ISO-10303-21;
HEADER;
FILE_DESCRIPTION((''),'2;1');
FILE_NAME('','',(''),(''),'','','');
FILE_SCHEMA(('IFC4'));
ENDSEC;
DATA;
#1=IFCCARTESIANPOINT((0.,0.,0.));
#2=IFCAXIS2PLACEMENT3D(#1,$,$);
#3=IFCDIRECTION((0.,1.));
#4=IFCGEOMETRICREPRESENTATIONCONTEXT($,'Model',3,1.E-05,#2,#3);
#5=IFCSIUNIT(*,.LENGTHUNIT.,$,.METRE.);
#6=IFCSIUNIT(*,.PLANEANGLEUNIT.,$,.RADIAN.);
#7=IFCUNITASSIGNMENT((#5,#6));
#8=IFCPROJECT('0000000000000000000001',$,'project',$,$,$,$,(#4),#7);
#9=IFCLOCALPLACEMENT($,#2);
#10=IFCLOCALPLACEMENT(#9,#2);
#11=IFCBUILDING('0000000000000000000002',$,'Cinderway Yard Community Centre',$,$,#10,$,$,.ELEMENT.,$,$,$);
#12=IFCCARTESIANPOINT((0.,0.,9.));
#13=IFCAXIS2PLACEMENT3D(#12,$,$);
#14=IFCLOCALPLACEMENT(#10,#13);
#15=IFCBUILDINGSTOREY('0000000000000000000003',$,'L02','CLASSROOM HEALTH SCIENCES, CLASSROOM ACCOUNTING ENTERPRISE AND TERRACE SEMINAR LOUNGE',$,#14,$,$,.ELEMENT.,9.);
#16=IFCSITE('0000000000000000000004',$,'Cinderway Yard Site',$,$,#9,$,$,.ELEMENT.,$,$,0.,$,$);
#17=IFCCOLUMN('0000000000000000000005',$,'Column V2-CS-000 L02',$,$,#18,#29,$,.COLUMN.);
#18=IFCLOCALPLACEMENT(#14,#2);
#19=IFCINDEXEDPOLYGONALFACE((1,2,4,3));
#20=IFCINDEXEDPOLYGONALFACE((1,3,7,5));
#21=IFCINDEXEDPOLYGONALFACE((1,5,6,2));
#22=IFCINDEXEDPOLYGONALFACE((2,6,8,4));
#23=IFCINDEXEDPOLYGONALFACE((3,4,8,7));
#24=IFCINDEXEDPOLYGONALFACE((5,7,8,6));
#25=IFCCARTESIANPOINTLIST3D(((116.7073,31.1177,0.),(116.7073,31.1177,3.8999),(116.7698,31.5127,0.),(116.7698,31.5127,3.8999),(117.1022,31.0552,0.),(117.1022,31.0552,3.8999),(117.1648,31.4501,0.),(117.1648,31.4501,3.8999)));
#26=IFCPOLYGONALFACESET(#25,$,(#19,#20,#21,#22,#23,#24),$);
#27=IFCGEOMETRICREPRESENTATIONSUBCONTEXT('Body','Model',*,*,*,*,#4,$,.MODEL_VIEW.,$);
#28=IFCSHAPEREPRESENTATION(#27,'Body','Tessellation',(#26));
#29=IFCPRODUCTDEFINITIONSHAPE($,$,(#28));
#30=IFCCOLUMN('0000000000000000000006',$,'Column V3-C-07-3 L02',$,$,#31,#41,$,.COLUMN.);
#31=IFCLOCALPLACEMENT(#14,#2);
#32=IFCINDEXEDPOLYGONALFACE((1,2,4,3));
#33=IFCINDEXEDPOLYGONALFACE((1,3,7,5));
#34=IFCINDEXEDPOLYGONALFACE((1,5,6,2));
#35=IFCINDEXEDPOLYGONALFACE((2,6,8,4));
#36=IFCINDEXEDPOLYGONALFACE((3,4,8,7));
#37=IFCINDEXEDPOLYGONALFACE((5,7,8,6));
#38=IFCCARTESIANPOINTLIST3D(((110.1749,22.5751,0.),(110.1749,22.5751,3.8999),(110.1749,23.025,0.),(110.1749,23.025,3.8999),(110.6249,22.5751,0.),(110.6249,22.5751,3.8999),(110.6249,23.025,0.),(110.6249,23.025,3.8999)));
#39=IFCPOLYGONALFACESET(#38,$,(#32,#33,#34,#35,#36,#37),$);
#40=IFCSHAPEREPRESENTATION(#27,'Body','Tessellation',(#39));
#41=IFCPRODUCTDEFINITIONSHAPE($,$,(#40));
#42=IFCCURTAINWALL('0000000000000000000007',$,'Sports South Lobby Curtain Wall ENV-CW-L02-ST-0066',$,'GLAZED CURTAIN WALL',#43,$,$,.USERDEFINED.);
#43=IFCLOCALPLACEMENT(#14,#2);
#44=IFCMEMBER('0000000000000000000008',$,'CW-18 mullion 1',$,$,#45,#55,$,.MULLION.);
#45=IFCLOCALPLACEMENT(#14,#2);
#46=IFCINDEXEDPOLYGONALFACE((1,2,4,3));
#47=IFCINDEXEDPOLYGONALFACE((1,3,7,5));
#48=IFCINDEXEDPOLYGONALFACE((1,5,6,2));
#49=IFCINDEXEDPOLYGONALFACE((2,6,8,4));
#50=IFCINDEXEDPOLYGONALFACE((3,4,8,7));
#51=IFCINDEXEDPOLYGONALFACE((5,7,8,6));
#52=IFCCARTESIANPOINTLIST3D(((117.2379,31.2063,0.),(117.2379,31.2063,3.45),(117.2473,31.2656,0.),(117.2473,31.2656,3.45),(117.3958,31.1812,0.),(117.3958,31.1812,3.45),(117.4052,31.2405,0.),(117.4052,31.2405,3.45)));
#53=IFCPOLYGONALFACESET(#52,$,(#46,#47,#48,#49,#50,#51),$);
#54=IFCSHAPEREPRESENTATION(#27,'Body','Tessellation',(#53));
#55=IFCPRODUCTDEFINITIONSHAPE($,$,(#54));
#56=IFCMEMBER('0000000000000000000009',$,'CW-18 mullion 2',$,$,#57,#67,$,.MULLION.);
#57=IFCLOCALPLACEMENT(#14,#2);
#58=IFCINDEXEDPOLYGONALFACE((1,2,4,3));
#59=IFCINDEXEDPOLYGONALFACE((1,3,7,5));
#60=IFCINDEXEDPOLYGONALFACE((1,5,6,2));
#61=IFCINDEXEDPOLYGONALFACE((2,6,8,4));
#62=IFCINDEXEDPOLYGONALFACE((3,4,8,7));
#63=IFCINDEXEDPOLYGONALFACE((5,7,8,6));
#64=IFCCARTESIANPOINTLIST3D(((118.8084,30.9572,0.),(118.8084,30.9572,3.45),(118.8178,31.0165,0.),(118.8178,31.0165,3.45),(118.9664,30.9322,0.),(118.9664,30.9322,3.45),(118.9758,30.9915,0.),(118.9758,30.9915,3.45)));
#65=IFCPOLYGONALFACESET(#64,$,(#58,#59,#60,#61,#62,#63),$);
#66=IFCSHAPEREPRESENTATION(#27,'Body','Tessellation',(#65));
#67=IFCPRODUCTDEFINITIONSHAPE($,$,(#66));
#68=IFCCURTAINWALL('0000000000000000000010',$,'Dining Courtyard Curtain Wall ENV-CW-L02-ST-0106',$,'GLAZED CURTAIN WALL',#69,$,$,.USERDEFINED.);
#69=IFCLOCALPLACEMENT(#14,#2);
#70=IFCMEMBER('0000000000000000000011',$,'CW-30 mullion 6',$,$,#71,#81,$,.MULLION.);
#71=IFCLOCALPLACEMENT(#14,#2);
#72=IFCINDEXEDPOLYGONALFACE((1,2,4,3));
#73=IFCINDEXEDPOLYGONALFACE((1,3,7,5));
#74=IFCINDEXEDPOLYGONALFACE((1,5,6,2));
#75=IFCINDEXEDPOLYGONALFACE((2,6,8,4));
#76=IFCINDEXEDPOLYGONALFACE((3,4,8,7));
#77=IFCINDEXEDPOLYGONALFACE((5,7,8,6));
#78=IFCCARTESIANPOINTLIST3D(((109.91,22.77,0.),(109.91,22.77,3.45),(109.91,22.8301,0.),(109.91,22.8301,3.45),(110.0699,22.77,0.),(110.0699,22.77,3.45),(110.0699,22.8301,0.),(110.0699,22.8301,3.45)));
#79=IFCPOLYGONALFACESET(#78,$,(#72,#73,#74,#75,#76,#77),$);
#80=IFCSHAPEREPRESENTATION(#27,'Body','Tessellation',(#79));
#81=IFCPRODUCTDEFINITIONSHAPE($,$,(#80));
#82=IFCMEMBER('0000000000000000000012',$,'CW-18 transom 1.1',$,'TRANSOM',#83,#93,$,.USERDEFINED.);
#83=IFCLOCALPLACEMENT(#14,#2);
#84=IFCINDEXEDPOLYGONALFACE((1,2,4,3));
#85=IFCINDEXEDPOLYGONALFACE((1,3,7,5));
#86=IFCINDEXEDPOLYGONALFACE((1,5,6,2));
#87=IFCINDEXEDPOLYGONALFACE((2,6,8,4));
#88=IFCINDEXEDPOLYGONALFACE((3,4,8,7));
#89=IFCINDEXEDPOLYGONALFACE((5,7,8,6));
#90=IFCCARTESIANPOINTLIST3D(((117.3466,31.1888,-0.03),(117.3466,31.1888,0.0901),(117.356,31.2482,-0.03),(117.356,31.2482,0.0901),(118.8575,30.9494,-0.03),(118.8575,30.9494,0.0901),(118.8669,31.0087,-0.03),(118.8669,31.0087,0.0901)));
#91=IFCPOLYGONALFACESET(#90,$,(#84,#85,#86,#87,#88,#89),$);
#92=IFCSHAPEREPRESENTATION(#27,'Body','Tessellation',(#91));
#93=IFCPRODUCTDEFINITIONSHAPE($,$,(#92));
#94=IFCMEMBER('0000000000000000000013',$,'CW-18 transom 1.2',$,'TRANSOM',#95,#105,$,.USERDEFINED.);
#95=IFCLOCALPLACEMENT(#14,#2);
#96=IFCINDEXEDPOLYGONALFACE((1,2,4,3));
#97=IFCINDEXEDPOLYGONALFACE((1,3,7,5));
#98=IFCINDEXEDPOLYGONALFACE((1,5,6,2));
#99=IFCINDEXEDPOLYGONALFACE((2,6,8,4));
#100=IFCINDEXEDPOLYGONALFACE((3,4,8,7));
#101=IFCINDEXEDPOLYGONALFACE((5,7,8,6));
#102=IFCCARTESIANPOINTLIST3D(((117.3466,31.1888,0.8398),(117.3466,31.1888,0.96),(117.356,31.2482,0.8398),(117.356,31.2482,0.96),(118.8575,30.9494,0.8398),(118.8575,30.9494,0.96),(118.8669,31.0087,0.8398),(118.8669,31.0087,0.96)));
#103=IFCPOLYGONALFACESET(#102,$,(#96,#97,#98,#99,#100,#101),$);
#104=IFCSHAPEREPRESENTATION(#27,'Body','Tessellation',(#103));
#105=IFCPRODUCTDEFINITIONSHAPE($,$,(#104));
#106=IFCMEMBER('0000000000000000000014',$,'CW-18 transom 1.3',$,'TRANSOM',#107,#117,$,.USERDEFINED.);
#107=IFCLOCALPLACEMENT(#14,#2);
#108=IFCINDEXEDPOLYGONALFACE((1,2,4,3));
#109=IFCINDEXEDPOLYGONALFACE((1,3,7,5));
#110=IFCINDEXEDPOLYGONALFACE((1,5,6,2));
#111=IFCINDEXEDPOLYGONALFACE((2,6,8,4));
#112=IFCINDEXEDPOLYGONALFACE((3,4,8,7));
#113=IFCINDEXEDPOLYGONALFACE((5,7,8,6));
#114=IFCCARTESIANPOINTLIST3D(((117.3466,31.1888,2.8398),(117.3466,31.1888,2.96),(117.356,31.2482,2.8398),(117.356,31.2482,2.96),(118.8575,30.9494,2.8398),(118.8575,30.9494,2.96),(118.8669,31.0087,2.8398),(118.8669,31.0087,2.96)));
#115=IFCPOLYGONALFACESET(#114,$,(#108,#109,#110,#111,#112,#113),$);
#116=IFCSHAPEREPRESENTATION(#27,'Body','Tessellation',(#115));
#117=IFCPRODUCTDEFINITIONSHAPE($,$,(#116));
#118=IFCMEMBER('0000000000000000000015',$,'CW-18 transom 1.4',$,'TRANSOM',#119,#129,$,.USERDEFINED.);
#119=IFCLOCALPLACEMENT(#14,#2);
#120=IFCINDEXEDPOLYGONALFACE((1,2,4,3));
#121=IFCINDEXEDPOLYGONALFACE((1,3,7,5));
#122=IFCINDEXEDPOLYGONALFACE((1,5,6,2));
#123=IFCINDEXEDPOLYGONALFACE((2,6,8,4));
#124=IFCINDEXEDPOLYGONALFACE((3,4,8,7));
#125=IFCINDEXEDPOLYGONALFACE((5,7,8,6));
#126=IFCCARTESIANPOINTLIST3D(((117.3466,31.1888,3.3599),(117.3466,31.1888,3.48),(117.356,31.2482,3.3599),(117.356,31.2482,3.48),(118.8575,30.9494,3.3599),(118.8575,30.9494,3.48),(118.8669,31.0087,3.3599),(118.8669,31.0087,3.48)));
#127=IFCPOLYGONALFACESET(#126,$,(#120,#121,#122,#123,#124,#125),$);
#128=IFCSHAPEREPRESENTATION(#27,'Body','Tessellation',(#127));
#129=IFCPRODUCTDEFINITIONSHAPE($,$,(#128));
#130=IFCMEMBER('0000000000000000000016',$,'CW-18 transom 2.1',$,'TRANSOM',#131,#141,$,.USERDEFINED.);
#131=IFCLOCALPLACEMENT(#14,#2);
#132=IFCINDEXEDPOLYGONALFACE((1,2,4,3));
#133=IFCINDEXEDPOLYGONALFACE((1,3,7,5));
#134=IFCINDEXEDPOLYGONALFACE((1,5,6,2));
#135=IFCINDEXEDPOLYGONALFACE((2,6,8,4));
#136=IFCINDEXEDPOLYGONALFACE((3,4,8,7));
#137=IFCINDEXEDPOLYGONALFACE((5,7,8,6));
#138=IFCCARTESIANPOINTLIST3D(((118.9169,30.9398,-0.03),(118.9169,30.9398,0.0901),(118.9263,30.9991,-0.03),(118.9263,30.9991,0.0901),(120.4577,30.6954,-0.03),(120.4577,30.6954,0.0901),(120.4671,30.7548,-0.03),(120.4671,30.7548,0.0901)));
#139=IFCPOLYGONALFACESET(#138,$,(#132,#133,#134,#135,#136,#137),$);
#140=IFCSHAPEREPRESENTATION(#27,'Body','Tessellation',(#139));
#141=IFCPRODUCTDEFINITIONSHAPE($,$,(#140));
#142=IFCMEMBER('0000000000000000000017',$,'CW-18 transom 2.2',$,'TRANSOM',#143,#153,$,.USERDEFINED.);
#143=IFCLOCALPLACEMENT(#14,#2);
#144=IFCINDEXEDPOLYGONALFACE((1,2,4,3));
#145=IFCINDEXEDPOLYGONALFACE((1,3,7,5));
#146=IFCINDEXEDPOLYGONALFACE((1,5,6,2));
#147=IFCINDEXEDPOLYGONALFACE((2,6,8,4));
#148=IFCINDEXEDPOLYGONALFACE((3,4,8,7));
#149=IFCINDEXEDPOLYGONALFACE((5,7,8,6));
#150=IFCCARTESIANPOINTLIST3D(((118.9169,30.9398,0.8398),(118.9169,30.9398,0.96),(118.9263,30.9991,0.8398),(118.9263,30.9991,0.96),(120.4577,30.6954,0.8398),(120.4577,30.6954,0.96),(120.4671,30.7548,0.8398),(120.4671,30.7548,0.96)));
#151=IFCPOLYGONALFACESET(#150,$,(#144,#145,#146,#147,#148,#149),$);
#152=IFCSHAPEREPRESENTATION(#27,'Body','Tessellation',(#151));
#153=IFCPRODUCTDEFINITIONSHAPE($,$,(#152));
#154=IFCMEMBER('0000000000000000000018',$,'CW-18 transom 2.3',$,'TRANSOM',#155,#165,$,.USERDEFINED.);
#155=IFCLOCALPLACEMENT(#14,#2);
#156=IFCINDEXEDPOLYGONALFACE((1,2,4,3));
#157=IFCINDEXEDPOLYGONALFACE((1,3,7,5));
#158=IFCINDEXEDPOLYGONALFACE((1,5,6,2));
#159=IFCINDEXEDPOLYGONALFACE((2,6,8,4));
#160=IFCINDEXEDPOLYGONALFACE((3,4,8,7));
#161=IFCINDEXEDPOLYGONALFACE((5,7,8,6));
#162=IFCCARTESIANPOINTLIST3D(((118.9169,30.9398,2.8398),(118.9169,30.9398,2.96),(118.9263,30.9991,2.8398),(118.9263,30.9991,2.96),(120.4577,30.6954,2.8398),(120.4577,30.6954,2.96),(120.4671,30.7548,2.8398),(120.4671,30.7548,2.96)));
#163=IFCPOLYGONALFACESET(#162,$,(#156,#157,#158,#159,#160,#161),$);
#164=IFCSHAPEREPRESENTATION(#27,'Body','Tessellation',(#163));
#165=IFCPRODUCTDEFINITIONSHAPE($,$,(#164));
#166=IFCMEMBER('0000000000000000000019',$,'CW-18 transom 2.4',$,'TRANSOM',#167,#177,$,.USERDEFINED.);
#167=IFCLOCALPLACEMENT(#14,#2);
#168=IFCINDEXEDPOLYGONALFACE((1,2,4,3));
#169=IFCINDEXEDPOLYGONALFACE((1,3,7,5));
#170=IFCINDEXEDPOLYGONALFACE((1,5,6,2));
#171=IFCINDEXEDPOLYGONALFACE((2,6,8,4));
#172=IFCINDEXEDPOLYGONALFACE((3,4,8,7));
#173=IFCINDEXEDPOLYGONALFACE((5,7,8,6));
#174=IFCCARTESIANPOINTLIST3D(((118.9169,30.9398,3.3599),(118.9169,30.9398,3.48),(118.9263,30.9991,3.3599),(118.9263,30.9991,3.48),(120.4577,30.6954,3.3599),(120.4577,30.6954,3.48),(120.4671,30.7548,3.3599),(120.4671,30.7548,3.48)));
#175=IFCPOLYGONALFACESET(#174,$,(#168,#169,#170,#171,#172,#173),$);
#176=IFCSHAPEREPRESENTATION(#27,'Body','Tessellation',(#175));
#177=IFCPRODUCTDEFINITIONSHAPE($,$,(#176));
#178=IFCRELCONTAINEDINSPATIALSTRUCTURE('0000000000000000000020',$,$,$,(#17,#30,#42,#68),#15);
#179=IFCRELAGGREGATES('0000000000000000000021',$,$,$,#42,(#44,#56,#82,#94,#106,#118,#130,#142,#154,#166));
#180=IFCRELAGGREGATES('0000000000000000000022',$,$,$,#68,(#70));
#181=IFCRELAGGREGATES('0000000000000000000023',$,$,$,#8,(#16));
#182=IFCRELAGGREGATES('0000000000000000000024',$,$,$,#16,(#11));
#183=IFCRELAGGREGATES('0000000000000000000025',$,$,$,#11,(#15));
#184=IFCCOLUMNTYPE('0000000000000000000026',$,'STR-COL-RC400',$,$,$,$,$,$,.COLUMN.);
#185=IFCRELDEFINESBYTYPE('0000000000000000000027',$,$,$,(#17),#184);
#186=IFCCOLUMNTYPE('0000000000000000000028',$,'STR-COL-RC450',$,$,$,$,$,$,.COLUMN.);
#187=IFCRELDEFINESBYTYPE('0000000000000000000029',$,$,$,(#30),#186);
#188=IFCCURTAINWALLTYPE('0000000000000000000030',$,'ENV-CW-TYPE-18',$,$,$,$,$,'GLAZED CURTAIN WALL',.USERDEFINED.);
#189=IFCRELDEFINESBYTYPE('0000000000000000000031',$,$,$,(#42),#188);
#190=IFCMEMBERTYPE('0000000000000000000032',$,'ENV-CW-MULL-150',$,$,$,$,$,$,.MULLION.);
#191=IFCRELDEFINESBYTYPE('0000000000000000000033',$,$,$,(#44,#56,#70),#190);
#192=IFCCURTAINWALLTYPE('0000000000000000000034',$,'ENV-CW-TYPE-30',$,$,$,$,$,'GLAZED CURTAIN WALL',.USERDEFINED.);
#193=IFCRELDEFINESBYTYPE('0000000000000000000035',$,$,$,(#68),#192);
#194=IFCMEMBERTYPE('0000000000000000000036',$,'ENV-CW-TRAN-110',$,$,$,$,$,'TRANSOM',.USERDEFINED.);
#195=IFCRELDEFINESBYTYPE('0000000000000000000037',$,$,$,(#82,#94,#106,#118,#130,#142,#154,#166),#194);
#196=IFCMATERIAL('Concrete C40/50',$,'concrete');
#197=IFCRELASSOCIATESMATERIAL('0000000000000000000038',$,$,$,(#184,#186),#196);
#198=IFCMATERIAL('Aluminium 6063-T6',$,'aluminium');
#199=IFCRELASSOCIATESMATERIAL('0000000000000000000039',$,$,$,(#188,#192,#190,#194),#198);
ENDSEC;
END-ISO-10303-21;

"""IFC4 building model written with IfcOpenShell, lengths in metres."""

from ifc_helpers import new_model, si_unit, direction, frame, origin, origin_2d, place, context, subcontext, project, spatial, rectangle, extrude, material, material_profile, profile_set, type_object, element, aggregate, save


model = new_model("IFC4")

# Units and contexts
model_context = context("Model", 3, precision=1e-05, world=origin(), true_north=direction((0.0, 1.0)))
body_context = subcontext(model_context, "Body", "Model", "MODEL_VIEW")
ifc_project = project(units=[si_unit("LENGTHUNIT", "METRE"), si_unit("PLANEANGLEUNIT", "RADIAN")], contexts=[model_context])

# Site, building, storey
site_placement = place(None, origin())
site = spatial("IfcSite", under=ifc_project, at=site_placement, Name="Cinderway Yard Site", CompositionType="ELEMENT", RefElevation=0.0)
building_placement = place(site_placement, origin())
building = spatial("IfcBuilding", under=site, at=building_placement, Name="Cinderway Yard Community Centre", CompositionType="ELEMENT")
storey_placement = place(building_placement, frame((0.0, 0.0, 9.0)))
storey = spatial("IfcBuildingStorey", under=building, at=storey_placement, Name="L02", Description="CLASSROOM HEALTH SCIENCES, CLASSROOM ACCOUNTING ENTERPRISE AND TERRACE SEMINAR LOUNGE", CompositionType="ELEMENT", Elevation=9.0)

# Columns
ifc_material_1 = material(Name="Concrete C40/50", Category="concrete")
ifc_material_profile_1 = material_profile(ifc_material_1, rectangle(XDim=0.3999, YDim=0.3999, at=origin_2d()), Name="Concrete C40/50")
ifc_profile_set_1 = profile_set([ifc_material_profile_1], Name="Concrete C40/50")
column_type_1 = type_object("IfcColumnType", Name="STR-COL-RC400", PredefinedType="COLUMN", material=ifc_profile_set_1)
column_1_placement = place(storey_placement, frame((116.936, 31.2839, 0.0), z_axis=(0.0, 0.0, 1.0), x_axis=(0.987688, -0.156434, 0.0)))
element("IfcColumn", 1, at=column_1_placement, inside=storey, type_object=column_type_1, Name="Column V2-CS-000 L02", PredefinedType="COLUMN", context=body_context, shape_type="SweptSolid", body=[
    extrude(rectangle(XDim=0.3999, YDim=0.3999, at=origin_2d()), origin(), (0.0, 0.0, 1.0), 3.8999),
])
ifc_material_profile_2 = material_profile(ifc_material_1, rectangle(XDim=0.45, YDim=0.45, at=origin_2d()), Name="Concrete C40/50")
ifc_profile_set_2 = profile_set([ifc_material_profile_2], Name="Concrete C40/50")
column_type_2 = type_object("IfcColumnType", Name="STR-COL-RC450", PredefinedType="COLUMN", material=ifc_profile_set_2)
column_2_placement = place(storey_placement, frame((110.3999, 22.8, 0.0), z_axis=(0.0, 0.0, 1.0), x_axis=(1.0, 0.0, 0.0)))
element("IfcColumn", 2, at=column_2_placement, inside=storey, type_object=column_type_2, Name="Column V3-C-07-3 L02", PredefinedType="COLUMN", context=body_context, shape_type="SweptSolid", body=[
    extrude(rectangle(XDim=0.45, YDim=0.45, at=origin_2d()), origin(), (0.0, 0.0, 1.0), 3.8999),
])

# Curtain wall, members
ifc_material_2 = material(Name="Aluminium 6063-T6", Category="aluminium")
curtain_wall_type_1 = type_object("IfcCurtainWallType", Name="ENV-CW-TYPE-18", ElementType="GLAZED CURTAIN WALL", PredefinedType="USERDEFINED", material=ifc_material_2)
curtain_wall_1_placement = place(storey_placement, origin())
curtain_wall_1 = element("IfcCurtainWall", 3, at=curtain_wall_1_placement, inside=storey, type_object=curtain_wall_type_1, Name="Sports South Lobby Curtain Wall ENV-CW-L02-ST-0066", ObjectType="GLAZED CURTAIN WALL", PredefinedType="USERDEFINED")
ifc_material_profile_3 = material_profile(ifc_material_2, rectangle(XDim=0.0601, YDim=0.1599, at=origin_2d()), Name="Aluminium 6063-T6")
ifc_profile_set_3 = profile_set([ifc_material_profile_3], Name="Aluminium 6063-T6")
member_type_1 = type_object("IfcMemberType", Name="ENV-CW-MULL-150", PredefinedType="MULLION", material=ifc_profile_set_3)
member_1_placement = place(storey_placement, frame((117.3215, 31.2234, 0.0), z_axis=(0.0, 0.0, 1.0), x_axis=(0.156636, 0.987656, 0.0)))
member_1 = element("IfcMember", 4, at=member_1_placement, type_object=member_type_1, Name="CW-18 mullion 1", PredefinedType="MULLION", context=body_context, shape_type="SweptSolid", body=[
    extrude(rectangle(XDim=0.0601, YDim=0.1599, at=origin_2d()), origin(), (0.0, 0.0, 1.0), 3.45),
])
member_2_placement = place(storey_placement, frame((118.8921, 30.9744, 0.0), z_axis=(0.0, 0.0, 1.0), x_axis=(0.156636, 0.987656, 0.0)))
member_2 = element("IfcMember", 5, at=member_2_placement, type_object=member_type_1, Name="CW-18 mullion 2", PredefinedType="MULLION", context=body_context, shape_type="SweptSolid", body=[
    extrude(rectangle(XDim=0.0601, YDim=0.1599, at=origin_2d()), origin(), (0.0, 0.0, 1.0), 3.45),
])

# Curtain wall, member
curtain_wall_type_2 = type_object("IfcCurtainWallType", Name="ENV-CW-TYPE-30", ElementType="GLAZED CURTAIN WALL", PredefinedType="USERDEFINED", material=ifc_material_2)
curtain_wall_2_placement = place(storey_placement, origin())
curtain_wall_2 = element("IfcCurtainWall", 6, at=curtain_wall_2_placement, inside=storey, type_object=curtain_wall_type_2, Name="Dining Courtyard Curtain Wall ENV-CW-L02-ST-0106", ObjectType="GLAZED CURTAIN WALL", PredefinedType="USERDEFINED")
member_3_placement = place(storey_placement, frame((109.99, 22.8, 0.0), z_axis=(0.0, 0.0, 1.0), x_axis=(0.0, 1.0, 0.0)))
member_3 = element("IfcMember", 7, at=member_3_placement, type_object=member_type_1, Name="CW-30 mullion 6", PredefinedType="MULLION", context=body_context, shape_type="SweptSolid", body=[
    extrude(rectangle(XDim=0.0601, YDim=0.1599, at=origin_2d()), origin(), (0.0, 0.0, 1.0), 3.45),
])

# Members
ifc_material_profile_4 = material_profile(ifc_material_2, rectangle(XDim=0.0601, YDim=0.1201, at=origin_2d()), Name="Aluminium 6063-T6")
ifc_profile_set_4 = profile_set([ifc_material_profile_4], Name="Aluminium 6063-T6")
member_type_2 = type_object("IfcMemberType", Name="ENV-CW-TRAN-110", ElementType="TRANSOM", PredefinedType="USERDEFINED", material=ifc_profile_set_4)
member_4_placement = place(storey_placement, frame((117.3513, 31.2185, 0.03), z_axis=(0.98767, -0.156553, 0.0), x_axis=(0.156553, 0.98767, 0.0)))
member_4 = element("IfcMember", 8, at=member_4_placement, type_object=member_type_2, Name="CW-18 transom 1.1", ObjectType="TRANSOM", PredefinedType="USERDEFINED", context=body_context, shape_type="SweptSolid", body=[
    extrude(rectangle(XDim=0.0601, YDim=0.1201, at=origin_2d()), origin(), (0.0, 0.0, 1.0), 1.5298),
])
member_5_placement = place(storey_placement, frame((117.3513, 31.2185, 0.8999), z_axis=(0.98767, -0.156553, 0.0), x_axis=(0.156553, 0.98767, 0.0)))
member_5 = element("IfcMember", 9, at=member_5_placement, type_object=member_type_2, Name="CW-18 transom 1.2", ObjectType="TRANSOM", PredefinedType="USERDEFINED", context=body_context, shape_type="SweptSolid", body=[
    extrude(rectangle(XDim=0.0601, YDim=0.1201, at=origin_2d()), origin(), (0.0, 0.0, 1.0), 1.5298),
])
member_6_placement = place(storey_placement, frame((117.3513, 31.2185, 2.8999), z_axis=(0.98767, -0.156553, 0.0), x_axis=(0.156553, 0.98767, 0.0)))
member_6 = element("IfcMember", 10, at=member_6_placement, type_object=member_type_2, Name="CW-18 transom 1.3", ObjectType="TRANSOM", PredefinedType="USERDEFINED", context=body_context, shape_type="SweptSolid", body=[
    extrude(rectangle(XDim=0.0601, YDim=0.1201, at=origin_2d()), origin(), (0.0, 0.0, 1.0), 1.5298),
])
member_7_placement = place(storey_placement, frame((117.3513, 31.2185, 3.4199), z_axis=(0.98767, -0.156553, 0.0), x_axis=(0.156553, 0.98767, 0.0)))
member_7 = element("IfcMember", 11, at=member_7_placement, type_object=member_type_2, Name="CW-18 transom 1.4", ObjectType="TRANSOM", PredefinedType="USERDEFINED", context=body_context, shape_type="SweptSolid", body=[
    extrude(rectangle(XDim=0.0601, YDim=0.1201, at=origin_2d()), origin(), (0.0, 0.0, 1.0), 1.5298),
])
member_8_placement = place(storey_placement, frame((118.9216, 30.9695, 0.03), z_axis=(0.987654, -0.156654, 0.0), x_axis=(0.156654, 0.987654, 0.0)))
member_8 = element("IfcMember", 12, at=member_8_placement, type_object=member_type_2, Name="CW-18 transom 2.1", ObjectType="TRANSOM", PredefinedType="USERDEFINED", context=body_context, shape_type="SweptSolid", body=[
    extrude(rectangle(XDim=0.0601, YDim=0.1201, at=origin_2d()), origin(), (0.0, 0.0, 1.0), 1.5601),
])
member_9_placement = place(storey_placement, frame((118.9216, 30.9695, 0.8999), z_axis=(0.987654, -0.156654, 0.0), x_axis=(0.156654, 0.987654, 0.0)))
member_9 = element("IfcMember", 13, at=member_9_placement, type_object=member_type_2, Name="CW-18 transom 2.2", ObjectType="TRANSOM", PredefinedType="USERDEFINED", context=body_context, shape_type="SweptSolid", body=[
    extrude(rectangle(XDim=0.0601, YDim=0.1201, at=origin_2d()), origin(), (0.0, 0.0, 1.0), 1.5601),
])
member_10_placement = place(storey_placement, frame((118.9216, 30.9695, 2.8999), z_axis=(0.987654, -0.156654, 0.0), x_axis=(0.156654, 0.987654, 0.0)))
member_10 = element("IfcMember", 14, at=member_10_placement, type_object=member_type_2, Name="CW-18 transom 2.3", ObjectType="TRANSOM", PredefinedType="USERDEFINED", context=body_context, shape_type="SweptSolid", body=[
    extrude(rectangle(XDim=0.0601, YDim=0.1201, at=origin_2d()), origin(), (0.0, 0.0, 1.0), 1.5601),
])
member_11_placement = place(storey_placement, frame((118.9216, 30.9695, 3.4199), z_axis=(0.987654, -0.156654, 0.0), x_axis=(0.156654, 0.987654, 0.0)))
member_11 = element("IfcMember", 15, at=member_11_placement, type_object=member_type_2, Name="CW-18 transom 2.4", ObjectType="TRANSOM", PredefinedType="USERDEFINED", context=body_context, shape_type="SweptSolid", body=[
    extrude(rectangle(XDim=0.0601, YDim=0.1201, at=origin_2d()), origin(), (0.0, 0.0, 1.0), 1.5601),
])

aggregate(curtain_wall_1, [member_1, member_2, member_4, member_5, member_6, member_7, member_8, member_9, member_10, member_11])
aggregate(curtain_wall_2, [member_3])

save(model, "model.ifc")
